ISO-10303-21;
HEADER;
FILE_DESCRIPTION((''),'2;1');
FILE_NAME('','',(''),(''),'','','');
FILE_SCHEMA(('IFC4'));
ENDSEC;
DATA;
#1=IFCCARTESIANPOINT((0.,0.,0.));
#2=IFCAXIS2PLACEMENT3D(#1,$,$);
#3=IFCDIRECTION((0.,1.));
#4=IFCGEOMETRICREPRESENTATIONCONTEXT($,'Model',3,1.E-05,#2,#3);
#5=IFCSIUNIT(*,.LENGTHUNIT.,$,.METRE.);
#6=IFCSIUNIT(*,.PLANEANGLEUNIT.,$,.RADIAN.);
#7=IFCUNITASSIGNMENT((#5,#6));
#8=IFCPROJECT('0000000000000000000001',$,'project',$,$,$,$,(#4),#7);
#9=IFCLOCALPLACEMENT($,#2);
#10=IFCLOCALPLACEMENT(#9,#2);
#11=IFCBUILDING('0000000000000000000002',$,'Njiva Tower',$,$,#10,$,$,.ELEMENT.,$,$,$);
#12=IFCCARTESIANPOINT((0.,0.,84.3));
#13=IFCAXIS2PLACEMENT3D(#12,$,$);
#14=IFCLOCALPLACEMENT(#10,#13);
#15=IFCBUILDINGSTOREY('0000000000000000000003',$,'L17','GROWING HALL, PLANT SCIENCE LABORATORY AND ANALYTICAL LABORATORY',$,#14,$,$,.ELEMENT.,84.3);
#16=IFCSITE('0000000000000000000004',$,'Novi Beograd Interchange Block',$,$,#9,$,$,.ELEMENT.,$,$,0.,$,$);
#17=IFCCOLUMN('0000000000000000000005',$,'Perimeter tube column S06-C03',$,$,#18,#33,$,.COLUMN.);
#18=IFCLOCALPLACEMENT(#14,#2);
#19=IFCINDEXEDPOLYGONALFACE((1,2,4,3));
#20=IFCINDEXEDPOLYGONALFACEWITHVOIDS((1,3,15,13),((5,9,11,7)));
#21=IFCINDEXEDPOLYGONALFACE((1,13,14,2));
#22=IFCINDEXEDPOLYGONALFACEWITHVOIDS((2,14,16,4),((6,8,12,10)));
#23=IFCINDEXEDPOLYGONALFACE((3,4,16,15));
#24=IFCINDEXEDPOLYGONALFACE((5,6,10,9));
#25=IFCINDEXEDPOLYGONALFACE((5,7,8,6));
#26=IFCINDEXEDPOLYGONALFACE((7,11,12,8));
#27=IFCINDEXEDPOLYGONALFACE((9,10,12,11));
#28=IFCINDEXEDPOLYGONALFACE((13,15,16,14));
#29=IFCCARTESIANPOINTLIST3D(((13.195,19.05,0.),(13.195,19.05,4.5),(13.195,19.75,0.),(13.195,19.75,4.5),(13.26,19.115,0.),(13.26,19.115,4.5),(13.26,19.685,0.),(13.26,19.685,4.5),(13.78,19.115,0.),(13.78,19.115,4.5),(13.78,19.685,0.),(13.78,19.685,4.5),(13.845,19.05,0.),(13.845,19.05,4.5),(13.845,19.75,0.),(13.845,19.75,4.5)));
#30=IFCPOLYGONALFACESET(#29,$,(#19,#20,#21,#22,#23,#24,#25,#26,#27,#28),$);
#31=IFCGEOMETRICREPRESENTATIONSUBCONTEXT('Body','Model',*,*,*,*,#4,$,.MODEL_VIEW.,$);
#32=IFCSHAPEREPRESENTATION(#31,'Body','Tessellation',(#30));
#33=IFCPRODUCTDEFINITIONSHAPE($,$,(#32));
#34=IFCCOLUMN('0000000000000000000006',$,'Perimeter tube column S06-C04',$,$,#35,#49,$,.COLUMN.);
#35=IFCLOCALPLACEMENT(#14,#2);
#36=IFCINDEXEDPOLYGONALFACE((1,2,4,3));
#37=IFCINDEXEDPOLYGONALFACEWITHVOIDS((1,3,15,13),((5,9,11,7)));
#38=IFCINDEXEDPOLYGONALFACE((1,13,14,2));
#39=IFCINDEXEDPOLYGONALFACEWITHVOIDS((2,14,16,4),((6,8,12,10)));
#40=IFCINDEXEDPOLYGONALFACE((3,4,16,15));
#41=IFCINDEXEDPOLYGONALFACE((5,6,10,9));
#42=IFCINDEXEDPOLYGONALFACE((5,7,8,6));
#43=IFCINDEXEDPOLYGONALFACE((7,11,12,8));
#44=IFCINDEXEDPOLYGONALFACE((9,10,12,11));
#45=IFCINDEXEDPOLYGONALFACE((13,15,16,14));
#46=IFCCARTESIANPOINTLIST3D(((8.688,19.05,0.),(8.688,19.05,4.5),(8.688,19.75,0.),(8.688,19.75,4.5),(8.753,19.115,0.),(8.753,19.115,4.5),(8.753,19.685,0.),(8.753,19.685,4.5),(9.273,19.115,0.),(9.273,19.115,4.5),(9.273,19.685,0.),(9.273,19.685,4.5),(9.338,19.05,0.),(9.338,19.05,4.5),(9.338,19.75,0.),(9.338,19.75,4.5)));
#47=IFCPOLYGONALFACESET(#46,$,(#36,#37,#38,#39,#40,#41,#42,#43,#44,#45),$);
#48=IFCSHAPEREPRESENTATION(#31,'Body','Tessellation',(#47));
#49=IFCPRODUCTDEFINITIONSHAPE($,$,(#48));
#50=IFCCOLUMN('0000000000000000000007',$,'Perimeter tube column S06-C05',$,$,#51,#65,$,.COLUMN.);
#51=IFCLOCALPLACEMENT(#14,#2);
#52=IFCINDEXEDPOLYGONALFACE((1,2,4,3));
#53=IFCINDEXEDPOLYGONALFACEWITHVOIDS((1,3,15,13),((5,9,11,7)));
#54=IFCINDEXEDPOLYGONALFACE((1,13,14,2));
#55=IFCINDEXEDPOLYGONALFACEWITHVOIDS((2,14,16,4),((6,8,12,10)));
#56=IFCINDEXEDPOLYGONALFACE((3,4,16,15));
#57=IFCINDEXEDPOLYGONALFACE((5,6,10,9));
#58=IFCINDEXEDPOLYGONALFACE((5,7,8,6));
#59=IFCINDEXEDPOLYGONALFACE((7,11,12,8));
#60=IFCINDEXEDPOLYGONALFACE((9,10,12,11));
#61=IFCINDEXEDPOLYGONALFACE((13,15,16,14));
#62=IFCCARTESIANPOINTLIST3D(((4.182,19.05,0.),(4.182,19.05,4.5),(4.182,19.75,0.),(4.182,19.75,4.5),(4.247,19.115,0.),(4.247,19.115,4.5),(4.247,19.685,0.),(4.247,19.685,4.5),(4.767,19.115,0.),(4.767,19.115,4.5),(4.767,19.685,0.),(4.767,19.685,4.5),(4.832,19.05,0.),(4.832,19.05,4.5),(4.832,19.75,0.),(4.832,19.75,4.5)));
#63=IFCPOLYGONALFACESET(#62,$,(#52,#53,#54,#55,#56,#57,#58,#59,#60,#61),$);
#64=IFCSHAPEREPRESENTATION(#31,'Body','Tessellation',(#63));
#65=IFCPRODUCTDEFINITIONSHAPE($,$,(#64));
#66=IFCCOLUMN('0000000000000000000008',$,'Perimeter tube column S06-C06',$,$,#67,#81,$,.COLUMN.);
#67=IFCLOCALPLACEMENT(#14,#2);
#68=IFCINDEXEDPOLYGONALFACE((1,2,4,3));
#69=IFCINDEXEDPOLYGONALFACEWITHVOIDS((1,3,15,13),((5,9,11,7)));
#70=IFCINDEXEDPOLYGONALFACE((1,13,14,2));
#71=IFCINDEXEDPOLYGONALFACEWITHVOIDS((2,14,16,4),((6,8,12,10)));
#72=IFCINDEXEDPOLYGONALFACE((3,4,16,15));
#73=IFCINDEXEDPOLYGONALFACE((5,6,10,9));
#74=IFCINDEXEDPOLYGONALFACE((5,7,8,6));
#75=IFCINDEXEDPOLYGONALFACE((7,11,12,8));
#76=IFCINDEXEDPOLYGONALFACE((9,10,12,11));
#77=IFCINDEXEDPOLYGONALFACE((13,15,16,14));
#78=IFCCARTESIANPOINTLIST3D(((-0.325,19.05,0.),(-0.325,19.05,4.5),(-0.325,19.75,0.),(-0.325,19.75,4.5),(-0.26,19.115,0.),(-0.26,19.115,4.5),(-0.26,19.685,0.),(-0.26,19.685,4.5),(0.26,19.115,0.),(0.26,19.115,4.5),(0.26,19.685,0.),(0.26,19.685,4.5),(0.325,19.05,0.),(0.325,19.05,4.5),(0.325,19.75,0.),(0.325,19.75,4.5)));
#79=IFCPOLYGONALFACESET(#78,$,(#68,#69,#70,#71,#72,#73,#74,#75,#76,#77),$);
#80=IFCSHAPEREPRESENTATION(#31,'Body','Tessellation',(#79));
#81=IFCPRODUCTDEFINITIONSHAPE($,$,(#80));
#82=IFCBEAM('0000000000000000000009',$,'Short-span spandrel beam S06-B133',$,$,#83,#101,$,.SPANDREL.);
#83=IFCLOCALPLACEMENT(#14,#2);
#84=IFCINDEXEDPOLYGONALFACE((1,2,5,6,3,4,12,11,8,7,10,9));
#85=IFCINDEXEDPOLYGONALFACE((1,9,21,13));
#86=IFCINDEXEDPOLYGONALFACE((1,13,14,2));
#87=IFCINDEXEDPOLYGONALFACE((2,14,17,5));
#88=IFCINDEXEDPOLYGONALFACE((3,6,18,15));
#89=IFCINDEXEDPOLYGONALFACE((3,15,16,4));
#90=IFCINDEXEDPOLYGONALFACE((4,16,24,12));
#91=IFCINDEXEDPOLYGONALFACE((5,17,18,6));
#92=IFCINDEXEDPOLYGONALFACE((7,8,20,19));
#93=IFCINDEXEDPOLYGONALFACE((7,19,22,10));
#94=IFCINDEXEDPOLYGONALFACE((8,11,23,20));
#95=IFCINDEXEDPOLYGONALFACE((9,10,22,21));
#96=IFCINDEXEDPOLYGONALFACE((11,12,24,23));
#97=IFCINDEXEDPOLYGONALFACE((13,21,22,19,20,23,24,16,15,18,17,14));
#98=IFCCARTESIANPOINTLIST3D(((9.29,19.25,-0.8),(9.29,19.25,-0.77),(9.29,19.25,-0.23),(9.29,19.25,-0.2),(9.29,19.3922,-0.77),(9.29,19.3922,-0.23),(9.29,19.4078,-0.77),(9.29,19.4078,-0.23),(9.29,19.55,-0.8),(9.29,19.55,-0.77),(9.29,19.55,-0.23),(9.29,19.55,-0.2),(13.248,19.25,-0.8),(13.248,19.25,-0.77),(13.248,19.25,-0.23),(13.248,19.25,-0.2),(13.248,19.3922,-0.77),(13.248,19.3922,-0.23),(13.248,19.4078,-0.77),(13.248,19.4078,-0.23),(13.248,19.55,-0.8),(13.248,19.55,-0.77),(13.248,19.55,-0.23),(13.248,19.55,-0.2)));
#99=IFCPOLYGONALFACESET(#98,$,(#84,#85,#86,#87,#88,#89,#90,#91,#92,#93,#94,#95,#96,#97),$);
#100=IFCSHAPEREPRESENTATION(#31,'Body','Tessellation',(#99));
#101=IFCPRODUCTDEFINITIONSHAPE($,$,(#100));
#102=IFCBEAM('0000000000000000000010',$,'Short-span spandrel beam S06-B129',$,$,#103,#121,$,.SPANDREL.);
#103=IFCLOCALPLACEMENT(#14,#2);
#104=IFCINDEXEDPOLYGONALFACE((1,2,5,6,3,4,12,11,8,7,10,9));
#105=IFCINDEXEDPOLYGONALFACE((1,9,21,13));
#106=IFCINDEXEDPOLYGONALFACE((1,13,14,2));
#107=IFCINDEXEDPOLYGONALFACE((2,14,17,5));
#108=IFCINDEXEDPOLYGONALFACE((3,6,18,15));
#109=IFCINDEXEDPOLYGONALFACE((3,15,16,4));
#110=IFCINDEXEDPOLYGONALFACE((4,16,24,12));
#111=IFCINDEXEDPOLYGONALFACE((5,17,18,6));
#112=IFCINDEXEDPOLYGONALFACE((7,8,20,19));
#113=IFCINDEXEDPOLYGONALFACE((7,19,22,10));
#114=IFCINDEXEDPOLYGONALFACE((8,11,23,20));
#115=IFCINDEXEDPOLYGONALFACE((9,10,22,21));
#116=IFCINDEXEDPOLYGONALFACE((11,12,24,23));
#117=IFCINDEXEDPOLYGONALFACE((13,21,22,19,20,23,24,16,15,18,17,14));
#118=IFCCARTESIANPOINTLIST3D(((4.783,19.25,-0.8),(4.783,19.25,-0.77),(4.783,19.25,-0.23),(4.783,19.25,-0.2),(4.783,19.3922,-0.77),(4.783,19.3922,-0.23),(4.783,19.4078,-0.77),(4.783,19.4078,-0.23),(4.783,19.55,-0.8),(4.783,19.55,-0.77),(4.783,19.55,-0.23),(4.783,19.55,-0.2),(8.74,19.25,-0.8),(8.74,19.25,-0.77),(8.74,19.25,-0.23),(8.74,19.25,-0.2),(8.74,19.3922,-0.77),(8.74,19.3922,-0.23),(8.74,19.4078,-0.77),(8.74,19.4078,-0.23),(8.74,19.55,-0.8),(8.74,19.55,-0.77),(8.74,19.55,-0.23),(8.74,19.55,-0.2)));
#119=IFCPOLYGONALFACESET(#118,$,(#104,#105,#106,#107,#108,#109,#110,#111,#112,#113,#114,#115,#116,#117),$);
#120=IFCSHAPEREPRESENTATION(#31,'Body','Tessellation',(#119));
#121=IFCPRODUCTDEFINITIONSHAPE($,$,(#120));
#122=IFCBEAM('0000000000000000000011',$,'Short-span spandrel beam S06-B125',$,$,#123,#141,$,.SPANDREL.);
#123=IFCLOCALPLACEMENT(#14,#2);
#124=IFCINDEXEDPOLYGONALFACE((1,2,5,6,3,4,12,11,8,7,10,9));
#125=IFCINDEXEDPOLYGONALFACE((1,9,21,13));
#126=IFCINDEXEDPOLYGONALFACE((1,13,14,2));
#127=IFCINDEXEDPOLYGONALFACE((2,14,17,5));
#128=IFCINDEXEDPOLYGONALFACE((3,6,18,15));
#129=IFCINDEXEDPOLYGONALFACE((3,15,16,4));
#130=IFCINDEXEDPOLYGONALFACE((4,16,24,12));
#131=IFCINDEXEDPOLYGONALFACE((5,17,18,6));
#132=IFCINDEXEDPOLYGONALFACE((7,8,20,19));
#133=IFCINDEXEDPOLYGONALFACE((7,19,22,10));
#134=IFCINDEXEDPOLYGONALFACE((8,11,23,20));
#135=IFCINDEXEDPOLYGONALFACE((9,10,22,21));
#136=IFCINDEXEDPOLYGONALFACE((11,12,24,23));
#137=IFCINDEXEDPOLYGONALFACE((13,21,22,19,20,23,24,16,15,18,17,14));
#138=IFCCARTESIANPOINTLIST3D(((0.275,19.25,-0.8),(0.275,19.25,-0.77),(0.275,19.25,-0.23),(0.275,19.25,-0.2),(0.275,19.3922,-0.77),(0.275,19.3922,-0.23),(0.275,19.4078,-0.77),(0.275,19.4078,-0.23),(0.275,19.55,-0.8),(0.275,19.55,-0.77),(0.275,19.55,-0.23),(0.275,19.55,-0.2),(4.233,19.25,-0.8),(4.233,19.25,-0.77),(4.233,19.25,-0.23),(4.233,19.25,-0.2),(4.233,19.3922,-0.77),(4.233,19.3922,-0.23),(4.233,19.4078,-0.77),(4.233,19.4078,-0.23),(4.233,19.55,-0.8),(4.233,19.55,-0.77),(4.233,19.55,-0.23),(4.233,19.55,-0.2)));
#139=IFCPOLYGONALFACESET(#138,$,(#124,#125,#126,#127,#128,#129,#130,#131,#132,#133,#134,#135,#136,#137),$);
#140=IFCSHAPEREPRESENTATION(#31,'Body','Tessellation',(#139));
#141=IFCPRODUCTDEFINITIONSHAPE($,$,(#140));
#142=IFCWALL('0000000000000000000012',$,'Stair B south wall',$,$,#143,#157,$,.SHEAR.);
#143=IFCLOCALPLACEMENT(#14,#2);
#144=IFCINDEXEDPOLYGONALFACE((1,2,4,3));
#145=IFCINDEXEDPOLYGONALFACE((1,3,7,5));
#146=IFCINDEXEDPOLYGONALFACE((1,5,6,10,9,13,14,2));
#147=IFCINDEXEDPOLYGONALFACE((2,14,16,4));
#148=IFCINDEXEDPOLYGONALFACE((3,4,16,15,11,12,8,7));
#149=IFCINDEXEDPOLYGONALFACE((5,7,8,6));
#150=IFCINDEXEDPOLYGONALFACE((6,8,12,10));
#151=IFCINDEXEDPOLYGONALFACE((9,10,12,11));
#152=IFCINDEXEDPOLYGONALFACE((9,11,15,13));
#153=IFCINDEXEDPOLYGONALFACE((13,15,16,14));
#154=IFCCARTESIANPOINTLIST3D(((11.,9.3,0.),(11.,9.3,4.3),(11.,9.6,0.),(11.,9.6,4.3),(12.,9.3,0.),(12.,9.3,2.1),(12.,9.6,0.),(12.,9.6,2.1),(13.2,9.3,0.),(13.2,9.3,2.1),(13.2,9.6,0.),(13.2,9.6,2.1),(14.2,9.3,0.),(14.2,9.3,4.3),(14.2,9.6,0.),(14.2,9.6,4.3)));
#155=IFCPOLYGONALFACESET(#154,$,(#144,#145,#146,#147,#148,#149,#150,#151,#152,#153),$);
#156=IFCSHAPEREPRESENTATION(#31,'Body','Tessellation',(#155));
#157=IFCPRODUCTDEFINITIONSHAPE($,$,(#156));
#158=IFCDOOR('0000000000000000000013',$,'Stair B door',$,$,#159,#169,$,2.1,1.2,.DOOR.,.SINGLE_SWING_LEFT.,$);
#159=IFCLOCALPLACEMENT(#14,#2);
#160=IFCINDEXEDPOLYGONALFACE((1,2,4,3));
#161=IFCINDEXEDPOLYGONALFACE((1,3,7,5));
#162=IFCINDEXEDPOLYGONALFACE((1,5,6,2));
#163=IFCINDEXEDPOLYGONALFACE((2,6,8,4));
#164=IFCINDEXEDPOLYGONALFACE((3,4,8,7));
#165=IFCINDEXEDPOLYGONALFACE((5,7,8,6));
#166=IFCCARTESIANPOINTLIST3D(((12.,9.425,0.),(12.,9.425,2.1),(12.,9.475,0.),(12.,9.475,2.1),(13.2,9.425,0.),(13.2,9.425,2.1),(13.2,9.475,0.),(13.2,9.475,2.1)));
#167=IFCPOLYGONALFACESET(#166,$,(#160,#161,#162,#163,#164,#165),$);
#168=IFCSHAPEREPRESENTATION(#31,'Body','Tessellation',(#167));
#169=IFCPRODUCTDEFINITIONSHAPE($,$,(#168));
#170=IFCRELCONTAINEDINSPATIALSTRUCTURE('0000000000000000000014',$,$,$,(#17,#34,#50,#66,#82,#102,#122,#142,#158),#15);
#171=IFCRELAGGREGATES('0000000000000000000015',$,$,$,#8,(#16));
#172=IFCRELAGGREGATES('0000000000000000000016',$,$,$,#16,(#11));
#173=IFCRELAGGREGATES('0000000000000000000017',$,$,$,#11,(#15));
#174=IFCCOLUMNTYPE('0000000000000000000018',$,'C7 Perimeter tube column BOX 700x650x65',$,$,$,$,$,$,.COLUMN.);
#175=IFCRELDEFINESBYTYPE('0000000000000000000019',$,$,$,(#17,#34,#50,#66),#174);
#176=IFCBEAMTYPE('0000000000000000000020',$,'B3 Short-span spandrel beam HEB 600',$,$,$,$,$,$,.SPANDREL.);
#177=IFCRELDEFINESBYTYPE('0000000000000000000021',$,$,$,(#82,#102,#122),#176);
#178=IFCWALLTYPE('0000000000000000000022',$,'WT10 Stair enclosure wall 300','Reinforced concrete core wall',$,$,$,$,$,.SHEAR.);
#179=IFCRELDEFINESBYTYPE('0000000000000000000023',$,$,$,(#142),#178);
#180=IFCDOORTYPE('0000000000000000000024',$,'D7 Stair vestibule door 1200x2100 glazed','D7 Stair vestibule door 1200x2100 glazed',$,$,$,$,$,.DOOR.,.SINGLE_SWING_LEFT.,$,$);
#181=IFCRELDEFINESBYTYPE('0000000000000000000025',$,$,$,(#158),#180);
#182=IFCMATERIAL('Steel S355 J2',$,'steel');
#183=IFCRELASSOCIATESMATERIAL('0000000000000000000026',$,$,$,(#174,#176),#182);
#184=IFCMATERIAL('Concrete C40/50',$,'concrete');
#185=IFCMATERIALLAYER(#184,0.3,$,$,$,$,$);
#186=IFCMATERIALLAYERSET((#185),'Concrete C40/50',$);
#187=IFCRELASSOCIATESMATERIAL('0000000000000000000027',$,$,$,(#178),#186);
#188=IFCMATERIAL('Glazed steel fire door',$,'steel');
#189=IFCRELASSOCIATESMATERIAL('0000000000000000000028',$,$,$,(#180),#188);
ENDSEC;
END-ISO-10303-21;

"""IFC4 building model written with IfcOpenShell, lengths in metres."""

from ifc_helpers import new_model, si_unit, direction, frame, frame_2d, origin, origin_2d, place, context, subcontext, project, spatial, rectangle, hollow_rectangle, i_section, extrude, material, layer, layer_set, material_profile, profile_set, type_object, element, fill, save


model = new_model("IFC4")

# Units and contexts
model_context = context("Model", 3, precision=1e-05, world=origin(), true_north=direction((0.0, 1.0)))
body_context = subcontext(model_context, "Body", "Model", "MODEL_VIEW")
ifc_project = project(units=[si_unit("LENGTHUNIT", "METRE"), si_unit("PLANEANGLEUNIT", "RADIAN")], contexts=[model_context])

# Site, building, storey
site_placement = place(None, origin())
site = spatial("IfcSite", under=ifc_project, at=site_placement, Name="Novi Beograd Interchange Block", CompositionType="ELEMENT", RefElevation=0.0)
building_placement = place(site_placement, origin())
building = spatial("IfcBuilding", under=site, at=building_placement, Name="Njiva Tower", CompositionType="ELEMENT")
storey_placement = place(building_placement, frame((0.0, 0.0, 84.3)))
storey = spatial("IfcBuildingStorey", under=building, at=storey_placement, Name="L17", Description="GROWING HALL, PLANT SCIENCE LABORATORY AND ANALYTICAL LABORATORY", CompositionType="ELEMENT", Elevation=84.3)

# Columns
ifc_material_1 = material(Name="Steel S355 J2", Category="steel")
ifc_material_profile_1 = material_profile(ifc_material_1, hollow_rectangle(XDim=0.65, YDim=0.7, WallThickness=0.065, at=origin_2d()), Name="BOX 700x650x65")
ifc_profile_set_1 = profile_set([ifc_material_profile_1], Name="Steel S355 J2")
column_type = type_object("IfcColumnType", Name="C7 Perimeter tube column BOX 700x650x65", PredefinedType="COLUMN", material=ifc_profile_set_1)
for number, where, z_axis, x_axis, name in (
    (1, (13.52, 19.4, 0.0), (0.0, 0.0, 1.0), (-1.0, 0.0, 0.0), "Perimeter tube column S06-C03"),
    (2, (9.013, 19.4, 0.0), (0.0, 0.0, 1.0), (-1.0, 0.0, 0.0), "Perimeter tube column S06-C04"),
    (3, (4.507, 19.4, 0.0), (0.0, 0.0, 1.0), (-1.0, 0.0, 0.0), "Perimeter tube column S06-C05"),
    (4, (0.0, 19.4, 0.0), (0.0, 0.0, 1.0), (-1.0, 0.0, 0.0), "Perimeter tube column S06-C06"),
):
    element("IfcColumn", number, at=place(storey_placement, frame(where, z_axis=z_axis, x_axis=x_axis)), inside=storey, type_object=column_type, Name=name, PredefinedType="COLUMN", context=body_context, shape_type="SweptSolid", body=[
        extrude(hollow_rectangle(XDim=0.65, YDim=0.7, WallThickness=0.065, at=origin_2d()), origin(), (0.0, 0.0, 1.0), 4.5),
    ])

# Beams
ifc_material_profile_2 = material_profile(ifc_material_1, i_section(OverallWidth=0.3, OverallDepth=0.6, WebThickness=0.0155, FlangeThickness=0.03, at=origin_2d()), Name="HEB 600")
ifc_profile_set_2 = profile_set([ifc_material_profile_2], Name="Steel S355 J2")
beam_type = type_object("IfcBeamType", Name="B3 Short-span spandrel beam HEB 600", PredefinedType="SPANDREL", material=ifc_profile_set_2)
beam_1_placement = place(storey_placement, frame((13.248, 19.4, -0.5), z_axis=(-1.0, 0.0, 0.0), x_axis=(0.0, -1.0, 0.0)))
element("IfcBeam", 5, at=beam_1_placement, inside=storey, type_object=beam_type, Name="Short-span spandrel beam S06-B133", PredefinedType="SPANDREL", context=body_context, shape_type="SweptSolid", body=[
    extrude(i_section(OverallWidth=0.3, OverallDepth=0.6, WebThickness=0.0155, FlangeThickness=0.03, at=origin_2d()), origin(), (0.0, 0.0, 1.0), 3.958),
])
beam_2_placement = place(storey_placement, frame((8.74, 19.4, -0.5), z_axis=(-1.0, 0.0, 0.0), x_axis=(0.0, -1.0, 0.0)))
element("IfcBeam", 6, at=beam_2_placement, inside=storey, type_object=beam_type, Name="Short-span spandrel beam S06-B129", PredefinedType="SPANDREL", context=body_context, shape_type="SweptSolid", body=[
    extrude(i_section(OverallWidth=0.3, OverallDepth=0.6, WebThickness=0.0155, FlangeThickness=0.03, at=origin_2d()), origin(), (0.0, 0.0, 1.0), 3.957),
])
beam_3_placement = place(storey_placement, frame((4.233, 19.4, -0.5), z_axis=(-1.0, 0.0, 0.0), x_axis=(0.0, -1.0, 0.0)))
element("IfcBeam", 7, at=beam_3_placement, inside=storey, type_object=beam_type, Name="Short-span spandrel beam S06-B125", PredefinedType="SPANDREL", context=body_context, shape_type="SweptSolid", body=[
    extrude(i_section(OverallWidth=0.3, OverallDepth=0.6, WebThickness=0.0155, FlangeThickness=0.03, at=origin_2d()), origin(), (0.0, 0.0, 1.0), 3.958),
])

# Wall, opening, door
ifc_material_2 = material(Name="Concrete C40/50", Category="concrete")
ifc_layer_1 = layer(ifc_material_2, 0.3)
ifc_layer_set_1 = layer_set([ifc_layer_1], Name="Concrete C40/50")
wall_type_1 = type_object("IfcWallType", Name="WT10 Stair enclosure wall 300", Description="Reinforced concrete core wall", PredefinedType="SHEAR", material=ifc_layer_set_1)
wall_1_placement = place(storey_placement, frame((11.0, 9.45, 0.0), z_axis=(0.0, 0.0, 1.0), x_axis=(1.0, 0.0, 0.0)))
wall_1 = element("IfcWall", 8, at=wall_1_placement, inside=storey, type_object=wall_type_1, Name="Stair B south wall", PredefinedType="SHEAR", context=body_context, shape_type="SweptSolid", body=[
    extrude(rectangle(XDim=3.2, YDim=0.3, at=frame_2d((1.6, 0.0))), origin(), (0.0, 0.0, 1.0), 4.3),
])
opening_1_placement = place(wall_1_placement, frame((1.0, 0.0, 0.0)))
opening_1 = element("IfcOpeningElement", 9, at=opening_1_placement, cuts=wall_1, PredefinedType="OPENING", context=body_context, shape_type="SweptSolid", body=[
    extrude(rectangle(XDim=1.2, YDim=2.1, at=frame_2d((0.6, 1.05))), frame((0.0, 0.16, 0.0), z_axis=(0.0, -1.0, 0.0), x_axis=(1.0, 0.0, 0.0)), (0.0, 0.0, 1.0), 0.32),
])
ifc_material_3 = material(Name="Glazed steel fire door", Category="steel")
door_type_1 = type_object("IfcDoorType", Name="D7 Stair vestibule door 1200x2100 glazed", Description="D7 Stair vestibule door 1200x2100 glazed", OperationType="SINGLE_SWING_LEFT", PredefinedType="DOOR", material=ifc_material_3)
door_1_placement = place(opening_1_placement, origin())
door_1 = element("IfcDoor", 10, at=door_1_placement, inside=storey, type_object=door_type_1, Name="Stair B door", OperationType="SINGLE_SWING_LEFT", OverallHeight=2.1, OverallWidth=1.2, PredefinedType="DOOR", context=body_context, shape_type="SweptSolid", body=[
    extrude(rectangle(XDim=1.2, YDim=2.1, at=frame_2d((0.6, 1.05))), frame((0.0, 0.025, 0.0), z_axis=(0.0, -1.0, 0.0), x_axis=(1.0, 0.0, 0.0)), (0.0, 0.0, 1.0), 0.05),
])
fill(opening_1, door_1)

save(model, "model.ifc")
